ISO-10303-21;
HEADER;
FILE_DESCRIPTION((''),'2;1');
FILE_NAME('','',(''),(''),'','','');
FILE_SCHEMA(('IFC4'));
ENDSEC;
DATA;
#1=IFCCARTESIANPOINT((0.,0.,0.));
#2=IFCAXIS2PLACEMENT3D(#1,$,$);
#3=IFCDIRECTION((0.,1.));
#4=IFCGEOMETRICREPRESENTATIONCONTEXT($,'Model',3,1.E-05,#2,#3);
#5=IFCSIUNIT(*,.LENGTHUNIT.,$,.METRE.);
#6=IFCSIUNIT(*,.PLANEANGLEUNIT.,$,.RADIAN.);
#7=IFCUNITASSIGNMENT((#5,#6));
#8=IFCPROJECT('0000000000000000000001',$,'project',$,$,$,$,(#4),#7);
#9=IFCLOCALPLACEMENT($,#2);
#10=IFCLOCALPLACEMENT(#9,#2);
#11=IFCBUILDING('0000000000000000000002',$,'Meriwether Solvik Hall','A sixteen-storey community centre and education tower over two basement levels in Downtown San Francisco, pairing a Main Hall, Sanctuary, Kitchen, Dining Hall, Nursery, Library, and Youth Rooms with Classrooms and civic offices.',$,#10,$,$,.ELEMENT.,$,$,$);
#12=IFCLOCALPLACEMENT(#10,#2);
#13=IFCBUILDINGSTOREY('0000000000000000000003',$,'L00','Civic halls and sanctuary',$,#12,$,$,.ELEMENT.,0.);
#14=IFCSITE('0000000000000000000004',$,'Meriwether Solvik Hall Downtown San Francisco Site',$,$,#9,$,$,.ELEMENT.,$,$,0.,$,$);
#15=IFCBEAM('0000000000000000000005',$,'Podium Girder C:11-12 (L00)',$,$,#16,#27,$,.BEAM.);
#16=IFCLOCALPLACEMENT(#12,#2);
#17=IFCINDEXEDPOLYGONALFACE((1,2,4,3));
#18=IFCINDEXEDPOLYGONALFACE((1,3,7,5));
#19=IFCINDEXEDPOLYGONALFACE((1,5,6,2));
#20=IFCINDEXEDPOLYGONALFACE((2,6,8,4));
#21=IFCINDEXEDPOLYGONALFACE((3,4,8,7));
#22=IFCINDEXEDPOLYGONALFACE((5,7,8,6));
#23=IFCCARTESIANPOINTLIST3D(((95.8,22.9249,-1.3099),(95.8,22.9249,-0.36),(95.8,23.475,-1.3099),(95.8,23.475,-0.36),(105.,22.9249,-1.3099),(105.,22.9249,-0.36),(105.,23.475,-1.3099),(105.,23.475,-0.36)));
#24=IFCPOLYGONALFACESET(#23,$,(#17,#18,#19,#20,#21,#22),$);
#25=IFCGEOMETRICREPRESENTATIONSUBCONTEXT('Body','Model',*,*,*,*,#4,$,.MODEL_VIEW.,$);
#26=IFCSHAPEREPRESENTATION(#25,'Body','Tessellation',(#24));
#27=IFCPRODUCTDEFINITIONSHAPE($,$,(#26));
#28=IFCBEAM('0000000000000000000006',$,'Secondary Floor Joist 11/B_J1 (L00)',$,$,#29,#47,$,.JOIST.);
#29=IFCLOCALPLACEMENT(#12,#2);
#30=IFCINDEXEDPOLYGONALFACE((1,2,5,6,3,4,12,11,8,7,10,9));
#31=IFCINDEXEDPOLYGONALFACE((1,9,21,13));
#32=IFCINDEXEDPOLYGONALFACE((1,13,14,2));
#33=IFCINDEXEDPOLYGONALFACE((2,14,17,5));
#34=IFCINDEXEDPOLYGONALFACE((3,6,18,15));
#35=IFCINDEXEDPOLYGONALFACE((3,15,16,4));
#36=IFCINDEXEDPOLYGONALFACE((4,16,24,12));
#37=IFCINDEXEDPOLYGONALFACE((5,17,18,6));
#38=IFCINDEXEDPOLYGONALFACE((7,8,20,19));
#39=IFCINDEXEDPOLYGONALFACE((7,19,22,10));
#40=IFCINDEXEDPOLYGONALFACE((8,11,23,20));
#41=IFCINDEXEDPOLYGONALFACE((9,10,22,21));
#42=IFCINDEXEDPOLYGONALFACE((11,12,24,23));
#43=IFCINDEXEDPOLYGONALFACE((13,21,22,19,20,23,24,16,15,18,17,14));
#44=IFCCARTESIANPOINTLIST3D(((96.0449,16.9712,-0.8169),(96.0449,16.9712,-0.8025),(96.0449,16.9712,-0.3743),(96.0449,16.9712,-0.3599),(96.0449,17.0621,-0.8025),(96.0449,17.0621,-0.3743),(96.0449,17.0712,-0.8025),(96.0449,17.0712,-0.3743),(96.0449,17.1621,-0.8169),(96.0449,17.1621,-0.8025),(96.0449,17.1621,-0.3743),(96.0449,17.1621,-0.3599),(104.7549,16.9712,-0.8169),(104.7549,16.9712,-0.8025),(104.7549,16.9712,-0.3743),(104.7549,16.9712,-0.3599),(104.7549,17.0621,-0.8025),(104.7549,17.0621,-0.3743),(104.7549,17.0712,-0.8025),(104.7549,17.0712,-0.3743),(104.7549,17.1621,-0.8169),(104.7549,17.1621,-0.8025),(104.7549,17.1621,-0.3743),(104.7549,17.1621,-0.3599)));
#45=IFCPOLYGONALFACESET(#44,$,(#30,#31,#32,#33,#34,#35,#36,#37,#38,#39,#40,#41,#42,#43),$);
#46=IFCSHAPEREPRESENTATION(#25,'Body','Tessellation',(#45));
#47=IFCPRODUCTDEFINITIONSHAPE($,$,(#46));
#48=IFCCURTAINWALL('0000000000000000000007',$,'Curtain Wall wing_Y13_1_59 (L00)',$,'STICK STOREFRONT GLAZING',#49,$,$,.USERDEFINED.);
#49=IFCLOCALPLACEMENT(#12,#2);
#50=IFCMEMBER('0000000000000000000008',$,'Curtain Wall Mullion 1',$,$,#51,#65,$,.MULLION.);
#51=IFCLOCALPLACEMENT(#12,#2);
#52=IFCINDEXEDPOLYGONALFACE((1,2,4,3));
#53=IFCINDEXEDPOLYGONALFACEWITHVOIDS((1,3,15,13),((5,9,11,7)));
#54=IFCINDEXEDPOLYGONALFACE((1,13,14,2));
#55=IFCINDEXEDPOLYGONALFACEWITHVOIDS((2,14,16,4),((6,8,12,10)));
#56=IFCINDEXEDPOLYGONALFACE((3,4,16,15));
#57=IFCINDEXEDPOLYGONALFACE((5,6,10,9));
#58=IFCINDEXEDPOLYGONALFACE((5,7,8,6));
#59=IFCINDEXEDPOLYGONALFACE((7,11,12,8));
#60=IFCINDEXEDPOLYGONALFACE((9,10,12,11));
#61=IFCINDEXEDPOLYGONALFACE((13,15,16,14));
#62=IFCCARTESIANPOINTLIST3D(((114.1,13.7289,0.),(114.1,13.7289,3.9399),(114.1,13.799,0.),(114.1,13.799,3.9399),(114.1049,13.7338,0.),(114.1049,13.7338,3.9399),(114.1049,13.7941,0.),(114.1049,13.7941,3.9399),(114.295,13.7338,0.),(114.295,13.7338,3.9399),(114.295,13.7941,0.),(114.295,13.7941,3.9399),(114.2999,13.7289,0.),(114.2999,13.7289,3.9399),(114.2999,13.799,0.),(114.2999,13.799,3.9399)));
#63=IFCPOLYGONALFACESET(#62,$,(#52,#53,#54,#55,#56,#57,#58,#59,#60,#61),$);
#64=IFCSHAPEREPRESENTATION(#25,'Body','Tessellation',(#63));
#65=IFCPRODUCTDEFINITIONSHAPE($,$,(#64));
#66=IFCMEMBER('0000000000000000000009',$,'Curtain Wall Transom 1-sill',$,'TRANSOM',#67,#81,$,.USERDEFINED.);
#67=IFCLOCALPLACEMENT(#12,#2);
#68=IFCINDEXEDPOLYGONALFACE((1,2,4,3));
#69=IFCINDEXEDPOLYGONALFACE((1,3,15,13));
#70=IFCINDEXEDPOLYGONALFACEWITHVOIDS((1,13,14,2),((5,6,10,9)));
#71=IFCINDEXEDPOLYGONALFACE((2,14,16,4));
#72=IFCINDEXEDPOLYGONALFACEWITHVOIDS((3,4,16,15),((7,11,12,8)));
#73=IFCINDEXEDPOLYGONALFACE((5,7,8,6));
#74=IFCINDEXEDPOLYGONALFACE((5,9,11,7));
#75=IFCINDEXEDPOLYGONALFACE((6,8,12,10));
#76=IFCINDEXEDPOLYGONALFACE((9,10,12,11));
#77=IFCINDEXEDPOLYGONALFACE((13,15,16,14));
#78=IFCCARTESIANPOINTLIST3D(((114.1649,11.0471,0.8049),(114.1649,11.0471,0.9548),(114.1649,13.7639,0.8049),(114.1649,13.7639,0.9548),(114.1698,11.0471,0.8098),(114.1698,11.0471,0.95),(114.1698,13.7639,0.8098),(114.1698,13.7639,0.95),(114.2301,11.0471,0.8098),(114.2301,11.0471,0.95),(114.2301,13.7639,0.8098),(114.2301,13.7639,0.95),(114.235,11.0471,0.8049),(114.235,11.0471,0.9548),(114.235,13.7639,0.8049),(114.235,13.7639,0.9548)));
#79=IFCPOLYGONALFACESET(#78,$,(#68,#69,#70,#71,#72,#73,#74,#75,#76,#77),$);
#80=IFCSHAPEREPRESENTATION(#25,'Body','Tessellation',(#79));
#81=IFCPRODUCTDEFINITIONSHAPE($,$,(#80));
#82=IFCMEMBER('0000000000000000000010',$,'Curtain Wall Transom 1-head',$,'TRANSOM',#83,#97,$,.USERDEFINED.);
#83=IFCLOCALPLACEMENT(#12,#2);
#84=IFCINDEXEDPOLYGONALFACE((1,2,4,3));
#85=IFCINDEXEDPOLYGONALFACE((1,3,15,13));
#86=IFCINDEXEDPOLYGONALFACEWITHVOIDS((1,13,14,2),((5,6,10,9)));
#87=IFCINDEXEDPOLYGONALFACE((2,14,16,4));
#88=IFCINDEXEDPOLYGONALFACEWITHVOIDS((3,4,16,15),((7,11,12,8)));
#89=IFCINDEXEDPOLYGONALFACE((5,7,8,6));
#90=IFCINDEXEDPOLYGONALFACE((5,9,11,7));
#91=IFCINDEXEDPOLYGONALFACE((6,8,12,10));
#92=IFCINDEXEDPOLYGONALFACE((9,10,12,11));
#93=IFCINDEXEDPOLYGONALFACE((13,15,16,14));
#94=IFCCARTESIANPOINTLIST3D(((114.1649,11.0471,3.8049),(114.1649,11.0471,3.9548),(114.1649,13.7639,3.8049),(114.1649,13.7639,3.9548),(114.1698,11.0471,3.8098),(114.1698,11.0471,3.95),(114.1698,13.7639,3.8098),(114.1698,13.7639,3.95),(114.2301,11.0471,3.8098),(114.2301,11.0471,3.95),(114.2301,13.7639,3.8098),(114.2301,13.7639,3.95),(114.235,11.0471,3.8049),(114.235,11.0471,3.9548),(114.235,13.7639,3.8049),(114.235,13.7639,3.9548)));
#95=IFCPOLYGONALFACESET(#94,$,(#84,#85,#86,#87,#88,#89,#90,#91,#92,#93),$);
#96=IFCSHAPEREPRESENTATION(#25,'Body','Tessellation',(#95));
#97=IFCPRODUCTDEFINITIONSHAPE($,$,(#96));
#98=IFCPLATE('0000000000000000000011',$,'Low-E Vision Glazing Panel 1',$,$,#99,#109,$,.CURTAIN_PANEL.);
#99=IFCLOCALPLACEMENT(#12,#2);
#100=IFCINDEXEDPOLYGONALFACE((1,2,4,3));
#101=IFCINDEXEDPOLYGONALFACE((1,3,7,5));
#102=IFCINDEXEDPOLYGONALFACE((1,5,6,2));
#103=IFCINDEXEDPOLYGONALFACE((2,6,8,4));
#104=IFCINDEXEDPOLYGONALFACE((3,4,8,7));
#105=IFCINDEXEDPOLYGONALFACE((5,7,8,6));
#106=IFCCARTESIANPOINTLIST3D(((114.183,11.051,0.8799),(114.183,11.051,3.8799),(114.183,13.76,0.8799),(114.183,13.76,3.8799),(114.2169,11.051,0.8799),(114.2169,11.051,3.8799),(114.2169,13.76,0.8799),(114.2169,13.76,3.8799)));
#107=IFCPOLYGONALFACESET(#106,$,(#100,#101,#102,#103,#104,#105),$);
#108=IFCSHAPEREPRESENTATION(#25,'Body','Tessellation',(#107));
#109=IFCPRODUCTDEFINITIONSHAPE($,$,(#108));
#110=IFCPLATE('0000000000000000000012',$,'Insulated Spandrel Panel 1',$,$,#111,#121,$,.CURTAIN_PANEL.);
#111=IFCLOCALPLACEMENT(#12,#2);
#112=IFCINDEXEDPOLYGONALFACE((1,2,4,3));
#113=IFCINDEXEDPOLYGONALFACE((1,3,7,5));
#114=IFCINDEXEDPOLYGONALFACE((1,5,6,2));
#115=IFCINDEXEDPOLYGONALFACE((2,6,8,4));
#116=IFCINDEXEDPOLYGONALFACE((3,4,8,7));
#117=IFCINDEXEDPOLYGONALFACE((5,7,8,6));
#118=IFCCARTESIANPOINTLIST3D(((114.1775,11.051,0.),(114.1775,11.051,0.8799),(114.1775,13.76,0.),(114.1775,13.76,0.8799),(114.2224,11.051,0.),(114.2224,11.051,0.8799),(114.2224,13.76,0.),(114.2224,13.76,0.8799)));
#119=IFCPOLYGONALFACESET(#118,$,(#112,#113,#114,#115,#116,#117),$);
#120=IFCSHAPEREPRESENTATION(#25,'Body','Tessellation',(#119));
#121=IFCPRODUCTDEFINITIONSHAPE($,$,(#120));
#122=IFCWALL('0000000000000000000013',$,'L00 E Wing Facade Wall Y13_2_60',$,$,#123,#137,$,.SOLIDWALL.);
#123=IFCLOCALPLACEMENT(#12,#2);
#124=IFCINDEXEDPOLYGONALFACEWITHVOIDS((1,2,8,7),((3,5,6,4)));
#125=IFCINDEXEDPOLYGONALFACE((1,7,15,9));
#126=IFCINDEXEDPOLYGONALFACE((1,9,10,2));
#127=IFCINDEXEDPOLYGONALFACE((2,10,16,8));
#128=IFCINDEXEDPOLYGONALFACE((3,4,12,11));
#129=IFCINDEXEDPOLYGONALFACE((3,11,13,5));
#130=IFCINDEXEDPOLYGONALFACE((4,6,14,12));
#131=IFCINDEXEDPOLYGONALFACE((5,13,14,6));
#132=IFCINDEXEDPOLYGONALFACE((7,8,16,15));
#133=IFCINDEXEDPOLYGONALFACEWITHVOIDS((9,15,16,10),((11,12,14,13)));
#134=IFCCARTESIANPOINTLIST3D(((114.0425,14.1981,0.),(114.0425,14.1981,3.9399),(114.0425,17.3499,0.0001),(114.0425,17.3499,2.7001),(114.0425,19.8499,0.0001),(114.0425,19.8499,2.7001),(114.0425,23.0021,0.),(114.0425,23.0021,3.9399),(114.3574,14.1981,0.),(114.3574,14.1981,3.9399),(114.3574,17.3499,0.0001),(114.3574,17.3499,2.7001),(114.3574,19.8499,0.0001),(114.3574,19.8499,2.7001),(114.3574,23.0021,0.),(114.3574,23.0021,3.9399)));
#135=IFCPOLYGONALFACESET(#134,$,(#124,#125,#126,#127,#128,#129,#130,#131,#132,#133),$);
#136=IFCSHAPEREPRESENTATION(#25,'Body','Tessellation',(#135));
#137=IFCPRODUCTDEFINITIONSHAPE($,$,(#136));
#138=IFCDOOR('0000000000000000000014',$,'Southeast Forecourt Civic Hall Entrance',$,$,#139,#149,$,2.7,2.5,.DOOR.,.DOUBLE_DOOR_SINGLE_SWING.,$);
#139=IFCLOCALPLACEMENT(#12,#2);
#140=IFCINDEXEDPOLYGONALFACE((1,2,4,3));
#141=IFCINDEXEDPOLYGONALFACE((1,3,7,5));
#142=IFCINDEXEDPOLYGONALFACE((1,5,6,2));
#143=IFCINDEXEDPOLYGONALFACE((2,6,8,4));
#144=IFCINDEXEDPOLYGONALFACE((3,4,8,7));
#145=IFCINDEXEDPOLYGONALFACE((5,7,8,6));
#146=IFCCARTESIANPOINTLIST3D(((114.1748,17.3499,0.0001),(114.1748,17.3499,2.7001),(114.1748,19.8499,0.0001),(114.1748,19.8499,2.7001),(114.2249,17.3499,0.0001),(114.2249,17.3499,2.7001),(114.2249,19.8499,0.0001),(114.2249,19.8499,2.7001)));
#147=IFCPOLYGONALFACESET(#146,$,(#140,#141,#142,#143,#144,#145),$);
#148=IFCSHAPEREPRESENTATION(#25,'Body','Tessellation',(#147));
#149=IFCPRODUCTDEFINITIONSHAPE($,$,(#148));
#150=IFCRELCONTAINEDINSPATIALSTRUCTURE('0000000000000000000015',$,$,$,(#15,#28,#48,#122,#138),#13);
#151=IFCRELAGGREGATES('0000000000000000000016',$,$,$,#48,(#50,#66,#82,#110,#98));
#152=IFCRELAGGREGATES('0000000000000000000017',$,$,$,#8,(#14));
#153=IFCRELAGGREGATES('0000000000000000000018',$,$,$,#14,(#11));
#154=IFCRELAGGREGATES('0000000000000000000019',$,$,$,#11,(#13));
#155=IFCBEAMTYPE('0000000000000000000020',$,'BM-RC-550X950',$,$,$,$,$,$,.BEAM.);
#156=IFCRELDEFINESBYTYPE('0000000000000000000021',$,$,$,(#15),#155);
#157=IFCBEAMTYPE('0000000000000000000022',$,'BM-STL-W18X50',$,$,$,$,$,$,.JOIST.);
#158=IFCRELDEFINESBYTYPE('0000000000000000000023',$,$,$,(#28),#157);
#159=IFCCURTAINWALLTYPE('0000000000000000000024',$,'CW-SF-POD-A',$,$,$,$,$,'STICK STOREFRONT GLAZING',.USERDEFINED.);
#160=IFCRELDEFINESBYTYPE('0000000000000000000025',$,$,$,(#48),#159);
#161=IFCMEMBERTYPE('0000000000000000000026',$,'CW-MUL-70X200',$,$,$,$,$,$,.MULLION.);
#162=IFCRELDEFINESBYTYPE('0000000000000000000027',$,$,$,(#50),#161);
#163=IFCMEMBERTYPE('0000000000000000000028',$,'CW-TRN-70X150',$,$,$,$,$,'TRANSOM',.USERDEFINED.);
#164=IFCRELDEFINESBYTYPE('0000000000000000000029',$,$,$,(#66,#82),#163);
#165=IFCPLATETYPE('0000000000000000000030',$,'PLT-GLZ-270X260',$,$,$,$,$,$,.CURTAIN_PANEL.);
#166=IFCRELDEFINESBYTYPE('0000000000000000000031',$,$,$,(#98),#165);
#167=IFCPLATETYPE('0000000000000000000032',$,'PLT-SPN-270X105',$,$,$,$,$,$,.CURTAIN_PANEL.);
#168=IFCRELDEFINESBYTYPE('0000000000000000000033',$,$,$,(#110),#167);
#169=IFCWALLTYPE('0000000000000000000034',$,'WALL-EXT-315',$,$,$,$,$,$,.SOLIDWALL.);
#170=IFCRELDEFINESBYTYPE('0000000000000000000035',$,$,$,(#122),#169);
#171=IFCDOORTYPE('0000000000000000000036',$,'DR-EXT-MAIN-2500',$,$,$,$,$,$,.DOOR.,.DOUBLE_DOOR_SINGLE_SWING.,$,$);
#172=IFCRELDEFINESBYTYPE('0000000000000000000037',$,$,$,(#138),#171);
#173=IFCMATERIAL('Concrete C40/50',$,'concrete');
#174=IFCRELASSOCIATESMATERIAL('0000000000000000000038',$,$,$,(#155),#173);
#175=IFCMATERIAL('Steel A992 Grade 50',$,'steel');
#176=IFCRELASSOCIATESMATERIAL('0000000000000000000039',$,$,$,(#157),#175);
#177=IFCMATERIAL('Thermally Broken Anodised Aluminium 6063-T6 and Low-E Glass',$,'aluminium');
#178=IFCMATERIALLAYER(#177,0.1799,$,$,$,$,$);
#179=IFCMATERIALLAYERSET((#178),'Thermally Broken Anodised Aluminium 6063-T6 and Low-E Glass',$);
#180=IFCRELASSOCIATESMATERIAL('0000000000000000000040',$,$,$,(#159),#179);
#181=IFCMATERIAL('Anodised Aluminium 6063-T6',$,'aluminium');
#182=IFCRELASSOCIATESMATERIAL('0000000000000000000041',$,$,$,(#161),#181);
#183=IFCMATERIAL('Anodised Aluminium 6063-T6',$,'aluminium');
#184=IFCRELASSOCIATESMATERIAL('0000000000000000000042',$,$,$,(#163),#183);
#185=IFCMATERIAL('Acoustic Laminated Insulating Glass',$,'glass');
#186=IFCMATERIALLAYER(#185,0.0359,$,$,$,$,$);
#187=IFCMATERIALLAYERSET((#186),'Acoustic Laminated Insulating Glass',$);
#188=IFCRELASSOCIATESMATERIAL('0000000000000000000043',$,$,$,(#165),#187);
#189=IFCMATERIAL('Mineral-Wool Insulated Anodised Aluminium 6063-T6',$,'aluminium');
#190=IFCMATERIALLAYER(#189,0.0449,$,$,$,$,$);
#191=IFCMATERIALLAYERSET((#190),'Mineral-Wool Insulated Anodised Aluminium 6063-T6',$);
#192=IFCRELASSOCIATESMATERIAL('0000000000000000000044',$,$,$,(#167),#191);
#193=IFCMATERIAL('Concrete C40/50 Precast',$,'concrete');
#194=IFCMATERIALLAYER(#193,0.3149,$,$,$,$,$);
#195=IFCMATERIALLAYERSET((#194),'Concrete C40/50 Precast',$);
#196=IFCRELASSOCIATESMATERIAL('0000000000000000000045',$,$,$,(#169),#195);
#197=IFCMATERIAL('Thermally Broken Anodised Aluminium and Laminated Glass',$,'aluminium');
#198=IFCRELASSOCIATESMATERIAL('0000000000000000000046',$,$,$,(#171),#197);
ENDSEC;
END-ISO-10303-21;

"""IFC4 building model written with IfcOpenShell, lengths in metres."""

from ifc_helpers import new_model, si_unit, direction, frame, frame_2d, origin, origin_2d, place, context, subcontext, project, spatial, rectangle, hollow_rectangle, i_section, extrude, material, layer, layer_set, material_profile, profile_set, type_object, element, fill, aggregate, save


model = new_model("IFC4")

# Units and contexts
model_context = context("Model", 3, precision=1e-05, world=origin(), true_north=direction((0.0, 1.0)))
body_context = subcontext(model_context, "Body", "Model", "MODEL_VIEW")
ifc_project = project(units=[si_unit("LENGTHUNIT", "METRE"), si_unit("PLANEANGLEUNIT", "RADIAN")], contexts=[model_context])

# Site, building, storey
site_placement = place(None, origin())
site = spatial("IfcSite", under=ifc_project, at=site_placement, Name="Meriwether Solvik Hall Downtown San Francisco Site", CompositionType="ELEMENT", RefElevation=0.0)
building_placement = place(site_placement, origin())
building = spatial("IfcBuilding", under=site, at=building_placement, Name="Meriwether Solvik Hall", Description="A sixteen-storey community centre and education tower over two basement levels in Downtown San Francisco, pairing a Main Hall, Sanctuary, Kitchen, Dining Hall, Nursery, Library, and Youth Rooms with Classrooms and civic offices.", CompositionType="ELEMENT")
storey_placement = place(building_placement, origin())
storey = spatial("IfcBuildingStorey", under=building, at=storey_placement, Name="L00", Description="Civic halls and sanctuary", CompositionType="ELEMENT", Elevation=0.0)

# Beams
ifc_material_1 = material(Name="Concrete C40/50", Category="concrete")
ifc_material_profile_1 = material_profile(ifc_material_1, rectangle(XDim=0.55, YDim=0.95, at=origin_2d()), Name="RCB-550X950")
ifc_profile_set_1 = profile_set([ifc_material_profile_1], Name="Concrete C40/50")
beam_type_1 = type_object("IfcBeamType", Name="BM-RC-550X950", PredefinedType="BEAM", material=ifc_profile_set_1)
beam_1_placement = place(storey_placement, frame((95.8, 23.2, -0.835), z_axis=(1.0, 0.0, 0.0), x_axis=(0.0, 1.0, 0.0)))
element("IfcBeam", 1, at=beam_1_placement, inside=storey, type_object=beam_type_1, Name="Podium Girder C:11-12 (L00)", PredefinedType="BEAM", context=body_context, shape_type="SweptSolid", body=[
    extrude(rectangle(XDim=0.55, YDim=0.95, at=origin_2d()), origin(), (0.0, 0.0, 1.0), 9.2),
])
ifc_material_2 = material(Name="Steel A992 Grade 50", Category="steel")
ifc_material_profile_2 = material_profile(ifc_material_2, i_section(OverallWidth=0.1909, OverallDepth=0.457, WebThickness=0.009, FlangeThickness=0.0144, at=origin_2d()), Name="W18X50")
ifc_profile_set_2 = profile_set([ifc_material_profile_2], Name="Steel A992 Grade 50")
beam_type_2 = type_object("IfcBeamType", Name="BM-STL-W18X50", PredefinedType="JOIST", material=ifc_profile_set_2)
beam_2_placement = place(storey_placement, frame((96.0449, 17.0667, -0.5884), z_axis=(1.0, 0.0, 0.0), x_axis=(0.0, 1.0, 0.0)))
element("IfcBeam", 2, at=beam_2_placement, inside=storey, type_object=beam_type_2, Name="Secondary Floor Joist 11/B_J1 (L00)", PredefinedType="JOIST", context=body_context, shape_type="SweptSolid", body=[
    extrude(i_section(OverallWidth=0.1909, OverallDepth=0.457, WebThickness=0.009, FlangeThickness=0.0144, at=origin_2d()), origin(), (0.0, 0.0, 1.0), 8.71),
])

# Curtain wall, members, plates
ifc_material_3 = material(Name="Thermally Broken Anodised Aluminium 6063-T6 and Low-E Glass", Category="aluminium")
ifc_layer_1 = layer(ifc_material_3, 0.1799)
ifc_layer_set_1 = layer_set([ifc_layer_1], Name="Thermally Broken Anodised Aluminium 6063-T6 and Low-E Glass")
curtain_wall_type = type_object("IfcCurtainWallType", Name="CW-SF-POD-A", ElementType="STICK STOREFRONT GLAZING", PredefinedType="USERDEFINED", material=ifc_layer_set_1)
curtain_wall_placement = place(storey_placement, origin())
curtain_wall = element("IfcCurtainWall", 3, at=curtain_wall_placement, inside=storey, type_object=curtain_wall_type, Name="Curtain Wall wing_Y13_1_59 (L00)", ObjectType="STICK STOREFRONT GLAZING", PredefinedType="USERDEFINED")
ifc_material_4 = material(Name="Anodised Aluminium 6063-T6", Category="aluminium")
ifc_material_profile_3 = material_profile(ifc_material_4, hollow_rectangle(XDim=0.0701, YDim=0.2, WallThickness=0.0049, at=origin_2d()), Name="CWM-70X200")
ifc_profile_set_3 = profile_set([ifc_material_profile_3], Name="Anodised Aluminium 6063-T6")
member_type_1 = type_object("IfcMemberType", Name="CW-MUL-70X200", PredefinedType="MULLION", material=ifc_profile_set_3)
member_1_placement = place(storey_placement, frame((114.2, 13.7639, 0.0), z_axis=(0.0, 0.0, 1.0), x_axis=(0.0, -1.0, 0.0)))
member_1 = element("IfcMember", 4, at=member_1_placement, type_object=member_type_1, Name="Curtain Wall Mullion 1", PredefinedType="MULLION", context=body_context, shape_type="SweptSolid", body=[
    extrude(hollow_rectangle(XDim=0.0701, YDim=0.2, WallThickness=0.0049, at=origin_2d()), origin(), (0.0, 0.0, 1.0), 3.9399),
])
ifc_material_5 = material(Name="Anodised Aluminium 6063-T6", Category="aluminium")
ifc_material_profile_4 = material_profile(ifc_material_5, hollow_rectangle(XDim=0.0701, YDim=0.1499, WallThickness=0.0049, at=origin_2d()), Name="CWT-70X150")
ifc_profile_set_4 = profile_set([ifc_material_profile_4], Name="Anodised Aluminium 6063-T6")
member_type_2 = type_object("IfcMemberType", Name="CW-TRN-70X150", ElementType="TRANSOM", PredefinedType="USERDEFINED", material=ifc_profile_set_4)
member_2_placement = place(storey_placement, frame((114.2, 13.7639, 0.8799), z_axis=(0.0, -1.0, 0.0), x_axis=(1.0, 0.0, 0.0)))
member_2 = element("IfcMember", 5, at=member_2_placement, type_object=member_type_2, Name="Curtain Wall Transom 1-sill", ObjectType="TRANSOM", PredefinedType="USERDEFINED", context=body_context, shape_type="SweptSolid", body=[
    extrude(hollow_rectangle(XDim=0.0701, YDim=0.1499, WallThickness=0.0049, at=origin_2d()), origin(), (0.0, 0.0, 1.0), 2.7168),
])
member_3_placement = place(storey_placement, frame((114.2, 13.7639, 3.8799), z_axis=(0.0, -1.0, 0.0), x_axis=(1.0, 0.0, 0.0)))
member_3 = element("IfcMember", 6, at=member_3_placement, type_object=member_type_2, Name="Curtain Wall Transom 1-head", ObjectType="TRANSOM", PredefinedType="USERDEFINED", context=body_context, shape_type="SweptSolid", body=[
    extrude(hollow_rectangle(XDim=0.0701, YDim=0.1499, WallThickness=0.0049, at=origin_2d()), origin(), (0.0, 0.0, 1.0), 2.7168),
])
ifc_material_6 = material(Name="Acoustic Laminated Insulating Glass", Category="glass")
ifc_layer_2 = layer(ifc_material_6, 0.0359)
ifc_layer_set_2 = layer_set([ifc_layer_2], Name="Acoustic Laminated Insulating Glass")
plate_type_1 = type_object("IfcPlateType", Name="PLT-GLZ-270X260", PredefinedType="CURTAIN_PANEL", material=ifc_layer_set_2)
plate_1_placement = place(storey_placement, frame((114.2, 12.4055, 0.8799), z_axis=(0.0, 0.0, 1.0), x_axis=(0.0, -1.0, 0.0)))
plate_1 = element("IfcPlate", 7, at=plate_1_placement, type_object=plate_type_1, Name="Low-E Vision Glazing Panel 1", PredefinedType="CURTAIN_PANEL", context=body_context, shape_type="SweptSolid", body=[
    extrude(rectangle(XDim=2.709, YDim=0.0339, at=origin_2d()), origin(), (0.0, 0.0, 1.0), 3.0),
])
ifc_material_7 = material(Name="Mineral-Wool Insulated Anodised Aluminium 6063-T6", Category="aluminium")
ifc_layer_3 = layer(ifc_material_7, 0.0449)
ifc_layer_set_3 = layer_set([ifc_layer_3], Name="Mineral-Wool Insulated Anodised Aluminium 6063-T6")
plate_type_2 = type_object("IfcPlateType", Name="PLT-SPN-270X105", PredefinedType="CURTAIN_PANEL", material=ifc_layer_set_3)
plate_2_placement = place(storey_placement, frame((114.2, 12.4055, 0.0), z_axis=(0.0, 0.0, 1.0), x_axis=(0.0, -1.0, 0.0)))
plate_2 = element("IfcPlate", 8, at=plate_2_placement, type_object=plate_type_2, Name="Insulated Spandrel Panel 1", PredefinedType="CURTAIN_PANEL", context=body_context, shape_type="SweptSolid", body=[
    extrude(rectangle(XDim=2.709, YDim=0.0449, at=origin_2d()), origin(), (0.0, 0.0, 1.0), 0.8799),
])
aggregate(curtain_wall, [member_1, member_2, member_3, plate_2, plate_1])

# Wall, opening, door
ifc_material_8 = material(Name="Concrete C40/50 Precast", Category="concrete")
ifc_layer_4 = layer(ifc_material_8, 0.3149)
ifc_layer_set_4 = layer_set([ifc_layer_4], Name="Concrete C40/50 Precast")
wall_type_1 = type_object("IfcWallType", Name="WALL-EXT-315", PredefinedType="SOLIDWALL", material=ifc_layer_set_4)
wall_1_placement = place(storey_placement, frame((114.2, 23.002, 0.0), z_axis=(0.0, 0.0, 1.0), x_axis=(0.0, -1.0, 0.0)))
wall_1 = element("IfcWall", 9, at=wall_1_placement, inside=storey, type_object=wall_type_1, Name="L00 E Wing Facade Wall Y13_2_60", PredefinedType="SOLIDWALL", context=body_context, shape_type="SweptSolid", body=[
    extrude(rectangle(XDim=8.804, YDim=0.3149, at=frame_2d((4.4019, 0.0))), origin(), (0.0, 0.0, 1.0), 3.9399),
])
opening_1_placement = place(wall_1_placement, frame((3.1521, 0.0, 0.0)))
opening_1 = element("IfcOpeningElement", 10, at=opening_1_placement, cuts=wall_1, PredefinedType="OPENING", context=body_context, shape_type="SweptSolid", body=[
    extrude(rectangle(XDim=2.5, YDim=2.7, at=frame_2d((1.25, 1.3501))), frame((0.0, 0.1694, 0.0), z_axis=(0.0, -1.0, 0.0), x_axis=(1.0, 0.0, 0.0)), (0.0, 0.0, 1.0), 0.3389),
])
ifc_material_9 = material(Name="Thermally Broken Anodised Aluminium and Laminated Glass", Category="aluminium")
door_type_1 = type_object("IfcDoorType", Name="DR-EXT-MAIN-2500", OperationType="DOUBLE_DOOR_SINGLE_SWING", PredefinedType="DOOR", material=ifc_material_9)
door_1_placement = place(opening_1_placement, origin())
door_1 = element("IfcDoor", 11, at=door_1_placement, inside=storey, type_object=door_type_1, Name="Southeast Forecourt Civic Hall Entrance", OperationType="DOUBLE_DOOR_SINGLE_SWING", OverallHeight=2.7, OverallWidth=2.5, PredefinedType="DOOR", context=body_context, shape_type="SweptSolid", body=[
    extrude(rectangle(XDim=2.5, YDim=2.7, at=frame_2d((1.25, 1.3501))), frame((0.0, 0.0249, 0.0), z_axis=(0.0, -1.0, 0.0), x_axis=(1.0, 0.0, 0.0)), (0.0, 0.0, 1.0), 0.05),
])
fill(opening_1, door_1)

save(model, "model.ifc")
